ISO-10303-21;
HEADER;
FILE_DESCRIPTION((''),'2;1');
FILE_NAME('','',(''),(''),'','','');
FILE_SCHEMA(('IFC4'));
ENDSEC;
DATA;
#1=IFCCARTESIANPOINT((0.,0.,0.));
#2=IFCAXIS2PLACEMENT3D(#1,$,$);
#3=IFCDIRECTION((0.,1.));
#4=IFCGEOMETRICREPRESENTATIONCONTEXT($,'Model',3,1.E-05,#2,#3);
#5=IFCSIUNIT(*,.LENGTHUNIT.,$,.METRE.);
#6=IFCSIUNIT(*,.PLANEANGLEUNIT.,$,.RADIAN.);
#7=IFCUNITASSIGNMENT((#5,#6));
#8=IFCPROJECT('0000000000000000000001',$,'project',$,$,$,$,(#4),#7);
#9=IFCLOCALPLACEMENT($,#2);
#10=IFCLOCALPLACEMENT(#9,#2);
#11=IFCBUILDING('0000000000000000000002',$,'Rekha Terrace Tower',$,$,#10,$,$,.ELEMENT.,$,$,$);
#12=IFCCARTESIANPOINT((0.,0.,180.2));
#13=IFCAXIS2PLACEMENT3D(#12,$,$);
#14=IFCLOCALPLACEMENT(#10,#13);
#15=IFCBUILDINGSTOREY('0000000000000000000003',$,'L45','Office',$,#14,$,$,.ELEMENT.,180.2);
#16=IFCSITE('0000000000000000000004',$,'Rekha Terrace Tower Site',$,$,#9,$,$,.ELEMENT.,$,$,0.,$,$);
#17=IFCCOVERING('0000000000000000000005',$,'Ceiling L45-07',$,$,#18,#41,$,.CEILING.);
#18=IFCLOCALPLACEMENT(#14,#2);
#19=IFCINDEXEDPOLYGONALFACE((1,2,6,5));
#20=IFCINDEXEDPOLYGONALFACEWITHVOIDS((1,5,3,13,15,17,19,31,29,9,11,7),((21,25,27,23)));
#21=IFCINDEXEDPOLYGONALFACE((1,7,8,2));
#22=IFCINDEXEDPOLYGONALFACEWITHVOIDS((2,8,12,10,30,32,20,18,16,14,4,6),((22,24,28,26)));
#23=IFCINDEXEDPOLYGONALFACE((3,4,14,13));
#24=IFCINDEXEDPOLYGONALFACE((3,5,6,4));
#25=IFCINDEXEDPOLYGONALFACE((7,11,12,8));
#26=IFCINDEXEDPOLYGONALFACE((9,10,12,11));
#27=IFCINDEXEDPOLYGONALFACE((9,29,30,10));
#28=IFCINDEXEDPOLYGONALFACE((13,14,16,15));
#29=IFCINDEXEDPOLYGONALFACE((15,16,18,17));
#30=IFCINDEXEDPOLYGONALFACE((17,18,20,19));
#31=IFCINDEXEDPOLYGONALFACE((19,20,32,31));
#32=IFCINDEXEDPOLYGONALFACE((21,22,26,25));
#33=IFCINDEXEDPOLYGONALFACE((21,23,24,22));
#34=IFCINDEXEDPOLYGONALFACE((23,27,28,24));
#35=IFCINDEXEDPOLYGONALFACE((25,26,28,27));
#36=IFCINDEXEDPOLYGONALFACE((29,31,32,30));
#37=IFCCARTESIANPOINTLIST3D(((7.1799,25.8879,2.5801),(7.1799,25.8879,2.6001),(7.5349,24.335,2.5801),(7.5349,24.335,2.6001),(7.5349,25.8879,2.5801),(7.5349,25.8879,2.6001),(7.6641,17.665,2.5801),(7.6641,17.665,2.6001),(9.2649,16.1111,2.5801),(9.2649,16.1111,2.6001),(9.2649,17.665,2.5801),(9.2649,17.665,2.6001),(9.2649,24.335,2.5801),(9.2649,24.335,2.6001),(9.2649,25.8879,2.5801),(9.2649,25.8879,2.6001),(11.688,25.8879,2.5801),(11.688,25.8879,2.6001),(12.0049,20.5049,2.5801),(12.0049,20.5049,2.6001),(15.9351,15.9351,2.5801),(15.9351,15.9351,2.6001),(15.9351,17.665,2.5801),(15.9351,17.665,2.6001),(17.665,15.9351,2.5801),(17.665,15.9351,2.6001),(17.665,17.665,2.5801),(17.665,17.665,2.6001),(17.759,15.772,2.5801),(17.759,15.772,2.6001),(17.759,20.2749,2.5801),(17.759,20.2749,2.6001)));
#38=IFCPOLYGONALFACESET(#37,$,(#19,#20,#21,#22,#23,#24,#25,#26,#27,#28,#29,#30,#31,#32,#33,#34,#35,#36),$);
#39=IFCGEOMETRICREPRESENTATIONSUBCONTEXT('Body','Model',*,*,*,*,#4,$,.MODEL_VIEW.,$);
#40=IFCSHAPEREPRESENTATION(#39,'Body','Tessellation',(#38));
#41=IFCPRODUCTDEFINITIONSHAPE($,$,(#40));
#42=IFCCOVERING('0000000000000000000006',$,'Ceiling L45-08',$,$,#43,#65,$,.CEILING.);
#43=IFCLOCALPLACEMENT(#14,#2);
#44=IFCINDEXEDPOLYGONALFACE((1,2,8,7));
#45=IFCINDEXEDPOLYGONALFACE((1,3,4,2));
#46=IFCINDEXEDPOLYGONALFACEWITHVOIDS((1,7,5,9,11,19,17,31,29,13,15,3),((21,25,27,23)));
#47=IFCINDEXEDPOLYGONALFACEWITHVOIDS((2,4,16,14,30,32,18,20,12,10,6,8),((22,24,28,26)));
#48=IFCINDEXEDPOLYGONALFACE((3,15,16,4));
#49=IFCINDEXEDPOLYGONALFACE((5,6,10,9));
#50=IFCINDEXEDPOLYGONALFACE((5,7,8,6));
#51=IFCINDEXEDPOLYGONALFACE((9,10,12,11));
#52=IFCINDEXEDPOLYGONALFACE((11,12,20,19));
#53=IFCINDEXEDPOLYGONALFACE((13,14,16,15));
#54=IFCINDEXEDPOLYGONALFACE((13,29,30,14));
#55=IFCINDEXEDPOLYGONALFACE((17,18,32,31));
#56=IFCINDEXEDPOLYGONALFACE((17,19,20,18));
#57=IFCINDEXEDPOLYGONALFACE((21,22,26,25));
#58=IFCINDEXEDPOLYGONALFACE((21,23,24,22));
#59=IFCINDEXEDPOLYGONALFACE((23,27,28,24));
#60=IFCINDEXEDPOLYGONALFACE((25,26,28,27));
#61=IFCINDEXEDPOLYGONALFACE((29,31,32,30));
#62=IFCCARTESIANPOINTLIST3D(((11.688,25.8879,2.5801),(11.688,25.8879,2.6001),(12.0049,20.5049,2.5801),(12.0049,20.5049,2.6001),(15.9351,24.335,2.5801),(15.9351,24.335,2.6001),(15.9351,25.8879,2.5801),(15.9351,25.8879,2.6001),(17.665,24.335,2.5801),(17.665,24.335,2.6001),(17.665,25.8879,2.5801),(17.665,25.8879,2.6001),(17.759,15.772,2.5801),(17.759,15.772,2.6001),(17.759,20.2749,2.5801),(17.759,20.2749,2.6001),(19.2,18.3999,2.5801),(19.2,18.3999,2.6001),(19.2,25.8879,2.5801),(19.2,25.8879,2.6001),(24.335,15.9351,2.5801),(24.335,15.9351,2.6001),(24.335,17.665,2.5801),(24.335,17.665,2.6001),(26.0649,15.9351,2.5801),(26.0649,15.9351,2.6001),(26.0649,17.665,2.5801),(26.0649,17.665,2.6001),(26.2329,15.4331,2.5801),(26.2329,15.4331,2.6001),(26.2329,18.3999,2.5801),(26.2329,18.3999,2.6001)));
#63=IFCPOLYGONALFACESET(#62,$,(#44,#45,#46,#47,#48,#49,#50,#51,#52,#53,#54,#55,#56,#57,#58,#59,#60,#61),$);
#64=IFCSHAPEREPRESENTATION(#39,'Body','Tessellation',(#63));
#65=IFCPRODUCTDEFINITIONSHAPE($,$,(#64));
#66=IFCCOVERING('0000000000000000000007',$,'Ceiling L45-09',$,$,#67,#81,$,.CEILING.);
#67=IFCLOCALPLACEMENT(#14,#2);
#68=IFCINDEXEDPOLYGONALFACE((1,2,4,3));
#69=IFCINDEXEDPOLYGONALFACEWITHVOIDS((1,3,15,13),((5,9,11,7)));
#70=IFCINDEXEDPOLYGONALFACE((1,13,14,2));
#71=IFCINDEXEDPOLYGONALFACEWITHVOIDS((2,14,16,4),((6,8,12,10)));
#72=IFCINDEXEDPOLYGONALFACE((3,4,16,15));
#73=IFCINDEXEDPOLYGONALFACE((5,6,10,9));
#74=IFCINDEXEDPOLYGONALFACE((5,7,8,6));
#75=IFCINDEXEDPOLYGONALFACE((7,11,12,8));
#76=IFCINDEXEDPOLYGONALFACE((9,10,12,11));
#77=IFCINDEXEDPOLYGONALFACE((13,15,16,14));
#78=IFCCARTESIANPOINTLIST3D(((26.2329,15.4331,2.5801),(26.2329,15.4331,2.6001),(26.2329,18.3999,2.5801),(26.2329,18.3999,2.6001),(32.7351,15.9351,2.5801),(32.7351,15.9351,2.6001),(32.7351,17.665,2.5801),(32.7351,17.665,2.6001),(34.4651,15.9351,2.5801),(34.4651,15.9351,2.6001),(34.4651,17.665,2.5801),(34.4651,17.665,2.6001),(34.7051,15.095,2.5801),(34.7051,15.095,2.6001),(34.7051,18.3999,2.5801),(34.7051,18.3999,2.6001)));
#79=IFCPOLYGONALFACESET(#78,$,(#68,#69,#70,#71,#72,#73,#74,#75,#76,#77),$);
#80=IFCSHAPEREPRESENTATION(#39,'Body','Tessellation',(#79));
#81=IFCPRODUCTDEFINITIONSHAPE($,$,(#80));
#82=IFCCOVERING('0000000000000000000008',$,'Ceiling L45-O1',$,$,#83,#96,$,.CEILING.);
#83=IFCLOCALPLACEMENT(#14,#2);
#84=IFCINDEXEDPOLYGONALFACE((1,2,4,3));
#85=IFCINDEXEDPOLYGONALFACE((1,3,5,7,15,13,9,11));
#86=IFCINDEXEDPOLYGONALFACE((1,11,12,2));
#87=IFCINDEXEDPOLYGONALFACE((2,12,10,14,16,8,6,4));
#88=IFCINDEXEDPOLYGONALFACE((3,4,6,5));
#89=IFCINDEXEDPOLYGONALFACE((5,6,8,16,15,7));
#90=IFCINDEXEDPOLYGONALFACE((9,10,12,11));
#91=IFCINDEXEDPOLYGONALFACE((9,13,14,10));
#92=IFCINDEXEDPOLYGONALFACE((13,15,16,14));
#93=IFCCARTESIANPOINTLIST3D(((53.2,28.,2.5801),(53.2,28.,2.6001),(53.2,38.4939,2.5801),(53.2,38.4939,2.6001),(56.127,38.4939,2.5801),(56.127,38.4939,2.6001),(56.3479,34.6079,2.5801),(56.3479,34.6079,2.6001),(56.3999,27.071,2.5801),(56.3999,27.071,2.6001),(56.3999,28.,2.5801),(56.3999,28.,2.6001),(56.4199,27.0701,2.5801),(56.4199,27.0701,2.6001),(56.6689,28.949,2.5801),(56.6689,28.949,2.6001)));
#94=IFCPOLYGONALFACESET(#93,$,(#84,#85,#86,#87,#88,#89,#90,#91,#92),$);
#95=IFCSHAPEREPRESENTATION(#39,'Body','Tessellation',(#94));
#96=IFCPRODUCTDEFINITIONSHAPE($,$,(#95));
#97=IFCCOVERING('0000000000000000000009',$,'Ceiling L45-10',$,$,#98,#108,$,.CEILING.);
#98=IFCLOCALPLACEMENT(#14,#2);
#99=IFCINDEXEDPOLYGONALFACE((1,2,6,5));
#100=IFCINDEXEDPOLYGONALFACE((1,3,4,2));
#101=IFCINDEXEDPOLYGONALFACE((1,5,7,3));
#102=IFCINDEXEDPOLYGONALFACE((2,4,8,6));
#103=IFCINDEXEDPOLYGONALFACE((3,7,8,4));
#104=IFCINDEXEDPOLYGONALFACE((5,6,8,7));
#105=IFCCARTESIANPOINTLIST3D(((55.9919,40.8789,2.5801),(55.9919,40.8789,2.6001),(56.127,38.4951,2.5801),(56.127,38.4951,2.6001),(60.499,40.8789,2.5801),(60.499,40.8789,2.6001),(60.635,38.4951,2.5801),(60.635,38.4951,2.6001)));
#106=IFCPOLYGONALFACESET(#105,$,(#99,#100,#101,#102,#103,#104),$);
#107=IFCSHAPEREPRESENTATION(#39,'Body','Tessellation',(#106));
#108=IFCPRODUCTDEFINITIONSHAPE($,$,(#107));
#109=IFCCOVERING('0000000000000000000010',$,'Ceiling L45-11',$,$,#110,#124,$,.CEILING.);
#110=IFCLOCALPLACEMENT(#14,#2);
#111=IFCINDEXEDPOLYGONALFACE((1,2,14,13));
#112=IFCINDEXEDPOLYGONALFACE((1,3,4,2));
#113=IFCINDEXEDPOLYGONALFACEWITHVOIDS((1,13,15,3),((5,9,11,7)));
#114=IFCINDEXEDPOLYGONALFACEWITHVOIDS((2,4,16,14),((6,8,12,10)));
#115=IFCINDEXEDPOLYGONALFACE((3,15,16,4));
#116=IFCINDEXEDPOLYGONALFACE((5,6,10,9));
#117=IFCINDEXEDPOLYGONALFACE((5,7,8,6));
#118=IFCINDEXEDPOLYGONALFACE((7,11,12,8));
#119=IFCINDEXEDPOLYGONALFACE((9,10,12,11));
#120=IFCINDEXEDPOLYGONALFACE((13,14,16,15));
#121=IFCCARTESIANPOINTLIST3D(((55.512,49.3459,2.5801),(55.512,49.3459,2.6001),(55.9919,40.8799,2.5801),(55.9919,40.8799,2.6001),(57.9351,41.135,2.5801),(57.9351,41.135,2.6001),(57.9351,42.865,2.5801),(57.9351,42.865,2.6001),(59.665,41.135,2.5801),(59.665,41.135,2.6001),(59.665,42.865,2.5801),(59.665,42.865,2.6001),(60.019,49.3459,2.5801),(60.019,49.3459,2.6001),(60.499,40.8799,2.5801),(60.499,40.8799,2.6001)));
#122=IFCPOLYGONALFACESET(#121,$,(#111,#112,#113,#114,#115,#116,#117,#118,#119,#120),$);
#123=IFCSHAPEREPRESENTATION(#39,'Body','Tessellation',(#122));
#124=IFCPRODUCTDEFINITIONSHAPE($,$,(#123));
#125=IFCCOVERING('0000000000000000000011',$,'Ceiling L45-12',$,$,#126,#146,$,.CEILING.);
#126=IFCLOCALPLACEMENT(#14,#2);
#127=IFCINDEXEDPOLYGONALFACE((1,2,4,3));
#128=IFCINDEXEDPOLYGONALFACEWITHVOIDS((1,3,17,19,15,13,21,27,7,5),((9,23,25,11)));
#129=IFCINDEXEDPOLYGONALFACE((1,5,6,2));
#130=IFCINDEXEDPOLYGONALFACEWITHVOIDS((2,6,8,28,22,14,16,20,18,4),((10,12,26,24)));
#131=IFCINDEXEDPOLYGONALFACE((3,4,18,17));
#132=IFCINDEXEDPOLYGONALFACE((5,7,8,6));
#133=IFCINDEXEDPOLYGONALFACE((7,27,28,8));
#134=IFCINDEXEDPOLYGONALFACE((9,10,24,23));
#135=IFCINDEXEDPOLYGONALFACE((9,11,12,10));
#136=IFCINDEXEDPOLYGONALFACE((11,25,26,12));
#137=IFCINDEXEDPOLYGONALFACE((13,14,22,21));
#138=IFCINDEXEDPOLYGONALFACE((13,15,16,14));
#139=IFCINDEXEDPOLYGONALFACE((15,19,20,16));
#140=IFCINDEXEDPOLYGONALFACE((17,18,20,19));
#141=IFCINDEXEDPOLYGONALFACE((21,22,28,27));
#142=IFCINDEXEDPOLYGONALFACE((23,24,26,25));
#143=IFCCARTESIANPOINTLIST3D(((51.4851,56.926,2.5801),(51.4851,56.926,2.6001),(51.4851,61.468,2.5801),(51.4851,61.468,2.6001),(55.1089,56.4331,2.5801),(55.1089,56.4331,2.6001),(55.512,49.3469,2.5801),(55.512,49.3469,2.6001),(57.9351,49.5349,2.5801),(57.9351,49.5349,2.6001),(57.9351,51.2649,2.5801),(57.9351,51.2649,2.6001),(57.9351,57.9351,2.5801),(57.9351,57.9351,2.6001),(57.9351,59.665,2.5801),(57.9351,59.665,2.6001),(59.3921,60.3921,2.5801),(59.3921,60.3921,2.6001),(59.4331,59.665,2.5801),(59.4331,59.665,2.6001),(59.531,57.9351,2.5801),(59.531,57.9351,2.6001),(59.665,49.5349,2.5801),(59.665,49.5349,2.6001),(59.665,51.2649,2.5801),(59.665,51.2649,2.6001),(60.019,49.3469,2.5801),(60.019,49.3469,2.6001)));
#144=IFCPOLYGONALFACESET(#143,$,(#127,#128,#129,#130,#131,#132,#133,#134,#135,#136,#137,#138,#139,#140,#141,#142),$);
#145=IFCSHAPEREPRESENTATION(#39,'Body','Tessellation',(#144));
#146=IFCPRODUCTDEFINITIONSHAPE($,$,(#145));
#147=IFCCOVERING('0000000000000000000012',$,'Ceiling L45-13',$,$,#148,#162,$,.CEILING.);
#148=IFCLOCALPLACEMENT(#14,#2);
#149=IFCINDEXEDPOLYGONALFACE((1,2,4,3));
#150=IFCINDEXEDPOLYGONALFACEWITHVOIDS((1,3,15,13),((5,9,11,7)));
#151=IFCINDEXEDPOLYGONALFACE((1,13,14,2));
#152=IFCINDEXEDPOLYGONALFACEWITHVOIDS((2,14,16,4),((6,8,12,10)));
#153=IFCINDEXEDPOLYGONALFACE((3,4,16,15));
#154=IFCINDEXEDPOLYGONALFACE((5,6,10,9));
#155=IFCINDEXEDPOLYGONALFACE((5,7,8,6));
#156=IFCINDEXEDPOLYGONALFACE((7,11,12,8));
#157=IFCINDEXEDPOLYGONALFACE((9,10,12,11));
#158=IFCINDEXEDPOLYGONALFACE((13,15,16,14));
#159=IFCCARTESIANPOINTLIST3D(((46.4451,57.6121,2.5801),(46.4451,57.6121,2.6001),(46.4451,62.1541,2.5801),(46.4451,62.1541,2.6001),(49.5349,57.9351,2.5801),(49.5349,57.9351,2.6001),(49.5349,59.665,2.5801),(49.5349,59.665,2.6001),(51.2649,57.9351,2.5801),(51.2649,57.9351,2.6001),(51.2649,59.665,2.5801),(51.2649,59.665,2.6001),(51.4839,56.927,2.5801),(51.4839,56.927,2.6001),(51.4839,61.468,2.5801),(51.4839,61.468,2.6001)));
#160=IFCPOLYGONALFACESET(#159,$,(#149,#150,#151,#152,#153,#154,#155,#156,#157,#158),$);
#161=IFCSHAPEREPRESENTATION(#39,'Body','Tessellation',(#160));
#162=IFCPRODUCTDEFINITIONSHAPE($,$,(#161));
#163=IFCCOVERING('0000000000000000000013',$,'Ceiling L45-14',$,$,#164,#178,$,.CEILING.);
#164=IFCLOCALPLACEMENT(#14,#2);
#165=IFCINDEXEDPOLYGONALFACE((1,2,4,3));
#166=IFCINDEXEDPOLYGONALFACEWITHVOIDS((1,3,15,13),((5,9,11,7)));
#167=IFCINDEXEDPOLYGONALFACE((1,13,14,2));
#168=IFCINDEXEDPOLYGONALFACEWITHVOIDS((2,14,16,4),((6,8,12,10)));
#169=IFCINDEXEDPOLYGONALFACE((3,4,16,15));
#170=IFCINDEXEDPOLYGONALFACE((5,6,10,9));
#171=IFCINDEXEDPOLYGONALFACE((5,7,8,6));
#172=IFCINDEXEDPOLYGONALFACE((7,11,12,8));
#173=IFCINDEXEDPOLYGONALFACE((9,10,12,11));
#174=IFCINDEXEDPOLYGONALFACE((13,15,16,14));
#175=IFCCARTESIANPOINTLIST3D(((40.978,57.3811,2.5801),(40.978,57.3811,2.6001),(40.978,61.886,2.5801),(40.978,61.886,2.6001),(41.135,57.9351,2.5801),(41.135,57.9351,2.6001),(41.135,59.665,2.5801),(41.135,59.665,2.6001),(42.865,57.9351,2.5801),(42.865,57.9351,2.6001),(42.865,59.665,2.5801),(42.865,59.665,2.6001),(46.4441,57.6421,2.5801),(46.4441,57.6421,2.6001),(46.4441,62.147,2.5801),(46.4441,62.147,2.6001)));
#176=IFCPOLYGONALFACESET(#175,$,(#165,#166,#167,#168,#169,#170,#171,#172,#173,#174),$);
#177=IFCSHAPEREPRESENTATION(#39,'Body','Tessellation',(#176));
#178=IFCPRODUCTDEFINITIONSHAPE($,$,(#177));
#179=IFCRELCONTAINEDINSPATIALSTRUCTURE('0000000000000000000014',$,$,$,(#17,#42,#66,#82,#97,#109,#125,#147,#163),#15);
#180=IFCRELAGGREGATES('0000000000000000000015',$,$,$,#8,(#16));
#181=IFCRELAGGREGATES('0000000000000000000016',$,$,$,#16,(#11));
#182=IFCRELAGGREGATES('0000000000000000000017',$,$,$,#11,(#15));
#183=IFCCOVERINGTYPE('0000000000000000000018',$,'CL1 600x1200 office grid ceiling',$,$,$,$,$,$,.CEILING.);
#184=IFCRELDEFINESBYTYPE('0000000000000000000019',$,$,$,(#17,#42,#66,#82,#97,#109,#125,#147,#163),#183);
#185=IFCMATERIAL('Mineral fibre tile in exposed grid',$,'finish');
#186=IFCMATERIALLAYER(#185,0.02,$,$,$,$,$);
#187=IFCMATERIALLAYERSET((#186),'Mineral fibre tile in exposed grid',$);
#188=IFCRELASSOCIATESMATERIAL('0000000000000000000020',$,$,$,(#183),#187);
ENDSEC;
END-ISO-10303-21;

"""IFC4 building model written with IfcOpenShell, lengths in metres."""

from ifc_helpers import new_model, si_unit, direction, frame, origin, place, context, subcontext, project, spatial, polyline, outline, extrude, material, layer, layer_set, type_object, element, save


model = new_model("IFC4")

# Units and contexts
model_context = context("Model", 3, precision=1e-05, world=origin(), true_north=direction((0.0, 1.0)))
body_context = subcontext(model_context, "Body", "Model", "MODEL_VIEW")
ifc_project = project(units=[si_unit("LENGTHUNIT", "METRE"), si_unit("PLANEANGLEUNIT", "RADIAN")], contexts=[model_context])

# Site, building, storey
site_placement = place(None, origin())
site = spatial("IfcSite", under=ifc_project, at=site_placement, Name="Rekha Terrace Tower Site", CompositionType="ELEMENT", RefElevation=0.0)
building_placement = place(site_placement, origin())
building = spatial("IfcBuilding", under=site, at=building_placement, Name="Rekha Terrace Tower", CompositionType="ELEMENT")
storey_placement = place(building_placement, frame((0.0, 0.0, 180.2)))
storey = spatial("IfcBuildingStorey", under=building, at=storey_placement, Name="L45", Description="Office", CompositionType="ELEMENT", Elevation=180.2)

# Coverings
ifc_material_1 = material(Name="Mineral fibre tile in exposed grid", Category="finish")
ifc_layer_1 = layer(ifc_material_1, 0.02)
ifc_layer_set_1 = layer_set([ifc_layer_1], Name="Mineral fibre tile in exposed grid")
covering_type_1 = type_object("IfcCoveringType", Name="CL1 600x1200 office grid ceiling", PredefinedType="CEILING", material=ifc_layer_set_1)
covering_1_placement = place(storey_placement, frame((0.0, 0.0, 2.5801)))
element("IfcCovering", 1, at=covering_1_placement, inside=storey, type_object=covering_type_1, Name="Ceiling L45-07", PredefinedType="CEILING", context=body_context, shape_type="SweptSolid", body=[
    extrude(outline(polyline([(7.5349, 24.335), (7.5349, 25.8879), (7.1799, 25.8879), (7.6641, 17.665), (9.2649, 17.665), (9.2649, 16.1111), (17.759, 15.772), (17.759, 20.2749), (12.0049, 20.5049), (11.688, 25.8879), (9.2649, 25.8879), (9.2649, 24.335), (7.5349, 24.335)]), holes=[polyline([(17.665, 17.665), (17.665, 15.9351), (15.9351, 15.9351), (15.9351, 17.665), (17.665, 17.665)])]), origin(), (0.0, 0.0, 1.0), 0.02),
])
covering_2_placement = place(storey_placement, frame((0.0, 0.0, 2.5801)))
element("IfcCovering", 2, at=covering_2_placement, inside=storey, type_object=covering_type_1, Name="Ceiling L45-08", PredefinedType="CEILING", context=body_context, shape_type="SweptSolid", body=[
    extrude(outline(polyline([(17.759, 15.772), (26.2329, 15.4331), (26.2329, 18.3999), (19.2, 18.3999), (19.2, 25.8879), (17.665, 25.8879), (17.665, 24.335), (15.9351, 24.335), (15.9351, 25.8879), (11.688, 25.8879), (12.0049, 20.5049), (17.759, 20.2749), (17.759, 15.772)]), holes=[polyline([(26.0649, 17.665), (26.0649, 15.9351), (24.335, 15.9351), (24.335, 17.665), (26.0649, 17.665)])]), origin(), (0.0, 0.0, 1.0), 0.02),
])
covering_3_placement = place(storey_placement, frame((0.0, 0.0, 2.5801)))
element("IfcCovering", 3, at=covering_3_placement, inside=storey, type_object=covering_type_1, Name="Ceiling L45-09", PredefinedType="CEILING", context=body_context, shape_type="SweptSolid", body=[
    extrude(outline(polyline([(34.7051, 15.095), (34.7051, 18.3999), (26.2329, 18.3999), (26.2329, 15.4331), (34.7051, 15.095)]), holes=[polyline([(34.4651, 15.9351), (32.7351, 15.9351), (32.7351, 17.665), (34.4651, 17.665), (34.4651, 15.9351)])]), origin(), (0.0, 0.0, 1.0), 0.02),
])
covering_4_placement = place(storey_placement, frame((0.0, 0.0, 2.5801)))
element("IfcCovering", 4, at=covering_4_placement, inside=storey, type_object=covering_type_1, Name="Ceiling L45-O1", PredefinedType="CEILING", context=body_context, shape_type="SweptSolid", body=[
    extrude(outline(polyline([(56.6689, 28.949), (56.3479, 34.6079), (56.127, 38.4939), (53.2, 38.4939), (53.2, 28.0), (56.3999, 28.0), (56.3999, 27.071), (56.4199, 27.0701), (56.6689, 28.949)])), origin(), (0.0, 0.0, 1.0), 0.02),
])
covering_5_placement = place(storey_placement, frame((0.0, 0.0, 2.5801)))
element("IfcCovering", 5, at=covering_5_placement, inside=storey, type_object=covering_type_1, Name="Ceiling L45-10", PredefinedType="CEILING", context=body_context, shape_type="SweptSolid", body=[
    extrude(outline(polyline([(60.499, 40.8789), (55.9919, 40.8789), (56.127, 38.4951), (60.635, 38.4951), (60.499, 40.8789)])), origin(), (0.0, 0.0, 1.0), 0.02),
])
covering_6_placement = place(storey_placement, frame((0.0, 0.0, 2.5801)))
element("IfcCovering", 6, at=covering_6_placement, inside=storey, type_object=covering_type_1, Name="Ceiling L45-11", PredefinedType="CEILING", context=body_context, shape_type="SweptSolid", body=[
    extrude(outline(polyline([(60.019, 49.3459), (55.512, 49.3459), (55.9919, 40.8799), (60.499, 40.8799), (60.019, 49.3459)]), holes=[polyline([(59.665, 41.135), (57.9351, 41.135), (57.9351, 42.865), (59.665, 42.865), (59.665, 41.135)])]), origin(), (0.0, 0.0, 1.0), 0.02),
])
covering_7_placement = place(storey_placement, frame((0.0, 0.0, 2.5801)))
element("IfcCovering", 7, at=covering_7_placement, inside=storey, type_object=covering_type_1, Name="Ceiling L45-12", PredefinedType="CEILING", context=body_context, shape_type="SweptSolid", body=[
    extrude(outline(polyline([(51.4851, 56.926), (55.1089, 56.4331), (55.512, 49.3469), (60.019, 49.3469), (59.531, 57.9351), (57.9351, 57.9351), (57.9351, 59.665), (59.4331, 59.665), (59.3921, 60.3921), (51.4851, 61.468), (51.4851, 56.926)]), holes=[polyline([(59.665, 51.2649), (59.665, 49.5349), (57.9351, 49.5349), (57.9351, 51.2649), (59.665, 51.2649)])]), origin(), (0.0, 0.0, 1.0), 0.02),
])
covering_8_placement = place(storey_placement, frame((0.0, 0.0, 2.5801)))
element("IfcCovering", 8, at=covering_8_placement, inside=storey, type_object=covering_type_1, Name="Ceiling L45-13", PredefinedType="CEILING", context=body_context, shape_type="SweptSolid", body=[
    extrude(outline(polyline([(51.4839, 56.927), (51.4839, 61.468), (46.4451, 62.1541), (46.4451, 57.6121), (51.4839, 56.927)]), holes=[polyline([(51.2649, 57.9351), (49.5349, 57.9351), (49.5349, 59.665), (51.2649, 59.665), (51.2649, 57.9351)])]), origin(), (0.0, 0.0, 1.0), 0.02),
])
covering_9_placement = place(storey_placement, frame((0.0, 0.0, 2.5801)))
element("IfcCovering", 9, at=covering_9_placement, inside=storey, type_object=covering_type_1, Name="Ceiling L45-14", PredefinedType="CEILING", context=body_context, shape_type="SweptSolid", body=[
    extrude(outline(polyline([(46.4441, 62.147), (40.978, 61.886), (40.978, 57.3811), (46.4441, 57.6421), (46.4441, 62.147)]), holes=[polyline([(42.865, 59.665), (42.865, 57.9351), (41.135, 57.9351), (41.135, 59.665), (42.865, 59.665)])]), origin(), (0.0, 0.0, 1.0), 0.02),
])

save(model, "model.ifc")
